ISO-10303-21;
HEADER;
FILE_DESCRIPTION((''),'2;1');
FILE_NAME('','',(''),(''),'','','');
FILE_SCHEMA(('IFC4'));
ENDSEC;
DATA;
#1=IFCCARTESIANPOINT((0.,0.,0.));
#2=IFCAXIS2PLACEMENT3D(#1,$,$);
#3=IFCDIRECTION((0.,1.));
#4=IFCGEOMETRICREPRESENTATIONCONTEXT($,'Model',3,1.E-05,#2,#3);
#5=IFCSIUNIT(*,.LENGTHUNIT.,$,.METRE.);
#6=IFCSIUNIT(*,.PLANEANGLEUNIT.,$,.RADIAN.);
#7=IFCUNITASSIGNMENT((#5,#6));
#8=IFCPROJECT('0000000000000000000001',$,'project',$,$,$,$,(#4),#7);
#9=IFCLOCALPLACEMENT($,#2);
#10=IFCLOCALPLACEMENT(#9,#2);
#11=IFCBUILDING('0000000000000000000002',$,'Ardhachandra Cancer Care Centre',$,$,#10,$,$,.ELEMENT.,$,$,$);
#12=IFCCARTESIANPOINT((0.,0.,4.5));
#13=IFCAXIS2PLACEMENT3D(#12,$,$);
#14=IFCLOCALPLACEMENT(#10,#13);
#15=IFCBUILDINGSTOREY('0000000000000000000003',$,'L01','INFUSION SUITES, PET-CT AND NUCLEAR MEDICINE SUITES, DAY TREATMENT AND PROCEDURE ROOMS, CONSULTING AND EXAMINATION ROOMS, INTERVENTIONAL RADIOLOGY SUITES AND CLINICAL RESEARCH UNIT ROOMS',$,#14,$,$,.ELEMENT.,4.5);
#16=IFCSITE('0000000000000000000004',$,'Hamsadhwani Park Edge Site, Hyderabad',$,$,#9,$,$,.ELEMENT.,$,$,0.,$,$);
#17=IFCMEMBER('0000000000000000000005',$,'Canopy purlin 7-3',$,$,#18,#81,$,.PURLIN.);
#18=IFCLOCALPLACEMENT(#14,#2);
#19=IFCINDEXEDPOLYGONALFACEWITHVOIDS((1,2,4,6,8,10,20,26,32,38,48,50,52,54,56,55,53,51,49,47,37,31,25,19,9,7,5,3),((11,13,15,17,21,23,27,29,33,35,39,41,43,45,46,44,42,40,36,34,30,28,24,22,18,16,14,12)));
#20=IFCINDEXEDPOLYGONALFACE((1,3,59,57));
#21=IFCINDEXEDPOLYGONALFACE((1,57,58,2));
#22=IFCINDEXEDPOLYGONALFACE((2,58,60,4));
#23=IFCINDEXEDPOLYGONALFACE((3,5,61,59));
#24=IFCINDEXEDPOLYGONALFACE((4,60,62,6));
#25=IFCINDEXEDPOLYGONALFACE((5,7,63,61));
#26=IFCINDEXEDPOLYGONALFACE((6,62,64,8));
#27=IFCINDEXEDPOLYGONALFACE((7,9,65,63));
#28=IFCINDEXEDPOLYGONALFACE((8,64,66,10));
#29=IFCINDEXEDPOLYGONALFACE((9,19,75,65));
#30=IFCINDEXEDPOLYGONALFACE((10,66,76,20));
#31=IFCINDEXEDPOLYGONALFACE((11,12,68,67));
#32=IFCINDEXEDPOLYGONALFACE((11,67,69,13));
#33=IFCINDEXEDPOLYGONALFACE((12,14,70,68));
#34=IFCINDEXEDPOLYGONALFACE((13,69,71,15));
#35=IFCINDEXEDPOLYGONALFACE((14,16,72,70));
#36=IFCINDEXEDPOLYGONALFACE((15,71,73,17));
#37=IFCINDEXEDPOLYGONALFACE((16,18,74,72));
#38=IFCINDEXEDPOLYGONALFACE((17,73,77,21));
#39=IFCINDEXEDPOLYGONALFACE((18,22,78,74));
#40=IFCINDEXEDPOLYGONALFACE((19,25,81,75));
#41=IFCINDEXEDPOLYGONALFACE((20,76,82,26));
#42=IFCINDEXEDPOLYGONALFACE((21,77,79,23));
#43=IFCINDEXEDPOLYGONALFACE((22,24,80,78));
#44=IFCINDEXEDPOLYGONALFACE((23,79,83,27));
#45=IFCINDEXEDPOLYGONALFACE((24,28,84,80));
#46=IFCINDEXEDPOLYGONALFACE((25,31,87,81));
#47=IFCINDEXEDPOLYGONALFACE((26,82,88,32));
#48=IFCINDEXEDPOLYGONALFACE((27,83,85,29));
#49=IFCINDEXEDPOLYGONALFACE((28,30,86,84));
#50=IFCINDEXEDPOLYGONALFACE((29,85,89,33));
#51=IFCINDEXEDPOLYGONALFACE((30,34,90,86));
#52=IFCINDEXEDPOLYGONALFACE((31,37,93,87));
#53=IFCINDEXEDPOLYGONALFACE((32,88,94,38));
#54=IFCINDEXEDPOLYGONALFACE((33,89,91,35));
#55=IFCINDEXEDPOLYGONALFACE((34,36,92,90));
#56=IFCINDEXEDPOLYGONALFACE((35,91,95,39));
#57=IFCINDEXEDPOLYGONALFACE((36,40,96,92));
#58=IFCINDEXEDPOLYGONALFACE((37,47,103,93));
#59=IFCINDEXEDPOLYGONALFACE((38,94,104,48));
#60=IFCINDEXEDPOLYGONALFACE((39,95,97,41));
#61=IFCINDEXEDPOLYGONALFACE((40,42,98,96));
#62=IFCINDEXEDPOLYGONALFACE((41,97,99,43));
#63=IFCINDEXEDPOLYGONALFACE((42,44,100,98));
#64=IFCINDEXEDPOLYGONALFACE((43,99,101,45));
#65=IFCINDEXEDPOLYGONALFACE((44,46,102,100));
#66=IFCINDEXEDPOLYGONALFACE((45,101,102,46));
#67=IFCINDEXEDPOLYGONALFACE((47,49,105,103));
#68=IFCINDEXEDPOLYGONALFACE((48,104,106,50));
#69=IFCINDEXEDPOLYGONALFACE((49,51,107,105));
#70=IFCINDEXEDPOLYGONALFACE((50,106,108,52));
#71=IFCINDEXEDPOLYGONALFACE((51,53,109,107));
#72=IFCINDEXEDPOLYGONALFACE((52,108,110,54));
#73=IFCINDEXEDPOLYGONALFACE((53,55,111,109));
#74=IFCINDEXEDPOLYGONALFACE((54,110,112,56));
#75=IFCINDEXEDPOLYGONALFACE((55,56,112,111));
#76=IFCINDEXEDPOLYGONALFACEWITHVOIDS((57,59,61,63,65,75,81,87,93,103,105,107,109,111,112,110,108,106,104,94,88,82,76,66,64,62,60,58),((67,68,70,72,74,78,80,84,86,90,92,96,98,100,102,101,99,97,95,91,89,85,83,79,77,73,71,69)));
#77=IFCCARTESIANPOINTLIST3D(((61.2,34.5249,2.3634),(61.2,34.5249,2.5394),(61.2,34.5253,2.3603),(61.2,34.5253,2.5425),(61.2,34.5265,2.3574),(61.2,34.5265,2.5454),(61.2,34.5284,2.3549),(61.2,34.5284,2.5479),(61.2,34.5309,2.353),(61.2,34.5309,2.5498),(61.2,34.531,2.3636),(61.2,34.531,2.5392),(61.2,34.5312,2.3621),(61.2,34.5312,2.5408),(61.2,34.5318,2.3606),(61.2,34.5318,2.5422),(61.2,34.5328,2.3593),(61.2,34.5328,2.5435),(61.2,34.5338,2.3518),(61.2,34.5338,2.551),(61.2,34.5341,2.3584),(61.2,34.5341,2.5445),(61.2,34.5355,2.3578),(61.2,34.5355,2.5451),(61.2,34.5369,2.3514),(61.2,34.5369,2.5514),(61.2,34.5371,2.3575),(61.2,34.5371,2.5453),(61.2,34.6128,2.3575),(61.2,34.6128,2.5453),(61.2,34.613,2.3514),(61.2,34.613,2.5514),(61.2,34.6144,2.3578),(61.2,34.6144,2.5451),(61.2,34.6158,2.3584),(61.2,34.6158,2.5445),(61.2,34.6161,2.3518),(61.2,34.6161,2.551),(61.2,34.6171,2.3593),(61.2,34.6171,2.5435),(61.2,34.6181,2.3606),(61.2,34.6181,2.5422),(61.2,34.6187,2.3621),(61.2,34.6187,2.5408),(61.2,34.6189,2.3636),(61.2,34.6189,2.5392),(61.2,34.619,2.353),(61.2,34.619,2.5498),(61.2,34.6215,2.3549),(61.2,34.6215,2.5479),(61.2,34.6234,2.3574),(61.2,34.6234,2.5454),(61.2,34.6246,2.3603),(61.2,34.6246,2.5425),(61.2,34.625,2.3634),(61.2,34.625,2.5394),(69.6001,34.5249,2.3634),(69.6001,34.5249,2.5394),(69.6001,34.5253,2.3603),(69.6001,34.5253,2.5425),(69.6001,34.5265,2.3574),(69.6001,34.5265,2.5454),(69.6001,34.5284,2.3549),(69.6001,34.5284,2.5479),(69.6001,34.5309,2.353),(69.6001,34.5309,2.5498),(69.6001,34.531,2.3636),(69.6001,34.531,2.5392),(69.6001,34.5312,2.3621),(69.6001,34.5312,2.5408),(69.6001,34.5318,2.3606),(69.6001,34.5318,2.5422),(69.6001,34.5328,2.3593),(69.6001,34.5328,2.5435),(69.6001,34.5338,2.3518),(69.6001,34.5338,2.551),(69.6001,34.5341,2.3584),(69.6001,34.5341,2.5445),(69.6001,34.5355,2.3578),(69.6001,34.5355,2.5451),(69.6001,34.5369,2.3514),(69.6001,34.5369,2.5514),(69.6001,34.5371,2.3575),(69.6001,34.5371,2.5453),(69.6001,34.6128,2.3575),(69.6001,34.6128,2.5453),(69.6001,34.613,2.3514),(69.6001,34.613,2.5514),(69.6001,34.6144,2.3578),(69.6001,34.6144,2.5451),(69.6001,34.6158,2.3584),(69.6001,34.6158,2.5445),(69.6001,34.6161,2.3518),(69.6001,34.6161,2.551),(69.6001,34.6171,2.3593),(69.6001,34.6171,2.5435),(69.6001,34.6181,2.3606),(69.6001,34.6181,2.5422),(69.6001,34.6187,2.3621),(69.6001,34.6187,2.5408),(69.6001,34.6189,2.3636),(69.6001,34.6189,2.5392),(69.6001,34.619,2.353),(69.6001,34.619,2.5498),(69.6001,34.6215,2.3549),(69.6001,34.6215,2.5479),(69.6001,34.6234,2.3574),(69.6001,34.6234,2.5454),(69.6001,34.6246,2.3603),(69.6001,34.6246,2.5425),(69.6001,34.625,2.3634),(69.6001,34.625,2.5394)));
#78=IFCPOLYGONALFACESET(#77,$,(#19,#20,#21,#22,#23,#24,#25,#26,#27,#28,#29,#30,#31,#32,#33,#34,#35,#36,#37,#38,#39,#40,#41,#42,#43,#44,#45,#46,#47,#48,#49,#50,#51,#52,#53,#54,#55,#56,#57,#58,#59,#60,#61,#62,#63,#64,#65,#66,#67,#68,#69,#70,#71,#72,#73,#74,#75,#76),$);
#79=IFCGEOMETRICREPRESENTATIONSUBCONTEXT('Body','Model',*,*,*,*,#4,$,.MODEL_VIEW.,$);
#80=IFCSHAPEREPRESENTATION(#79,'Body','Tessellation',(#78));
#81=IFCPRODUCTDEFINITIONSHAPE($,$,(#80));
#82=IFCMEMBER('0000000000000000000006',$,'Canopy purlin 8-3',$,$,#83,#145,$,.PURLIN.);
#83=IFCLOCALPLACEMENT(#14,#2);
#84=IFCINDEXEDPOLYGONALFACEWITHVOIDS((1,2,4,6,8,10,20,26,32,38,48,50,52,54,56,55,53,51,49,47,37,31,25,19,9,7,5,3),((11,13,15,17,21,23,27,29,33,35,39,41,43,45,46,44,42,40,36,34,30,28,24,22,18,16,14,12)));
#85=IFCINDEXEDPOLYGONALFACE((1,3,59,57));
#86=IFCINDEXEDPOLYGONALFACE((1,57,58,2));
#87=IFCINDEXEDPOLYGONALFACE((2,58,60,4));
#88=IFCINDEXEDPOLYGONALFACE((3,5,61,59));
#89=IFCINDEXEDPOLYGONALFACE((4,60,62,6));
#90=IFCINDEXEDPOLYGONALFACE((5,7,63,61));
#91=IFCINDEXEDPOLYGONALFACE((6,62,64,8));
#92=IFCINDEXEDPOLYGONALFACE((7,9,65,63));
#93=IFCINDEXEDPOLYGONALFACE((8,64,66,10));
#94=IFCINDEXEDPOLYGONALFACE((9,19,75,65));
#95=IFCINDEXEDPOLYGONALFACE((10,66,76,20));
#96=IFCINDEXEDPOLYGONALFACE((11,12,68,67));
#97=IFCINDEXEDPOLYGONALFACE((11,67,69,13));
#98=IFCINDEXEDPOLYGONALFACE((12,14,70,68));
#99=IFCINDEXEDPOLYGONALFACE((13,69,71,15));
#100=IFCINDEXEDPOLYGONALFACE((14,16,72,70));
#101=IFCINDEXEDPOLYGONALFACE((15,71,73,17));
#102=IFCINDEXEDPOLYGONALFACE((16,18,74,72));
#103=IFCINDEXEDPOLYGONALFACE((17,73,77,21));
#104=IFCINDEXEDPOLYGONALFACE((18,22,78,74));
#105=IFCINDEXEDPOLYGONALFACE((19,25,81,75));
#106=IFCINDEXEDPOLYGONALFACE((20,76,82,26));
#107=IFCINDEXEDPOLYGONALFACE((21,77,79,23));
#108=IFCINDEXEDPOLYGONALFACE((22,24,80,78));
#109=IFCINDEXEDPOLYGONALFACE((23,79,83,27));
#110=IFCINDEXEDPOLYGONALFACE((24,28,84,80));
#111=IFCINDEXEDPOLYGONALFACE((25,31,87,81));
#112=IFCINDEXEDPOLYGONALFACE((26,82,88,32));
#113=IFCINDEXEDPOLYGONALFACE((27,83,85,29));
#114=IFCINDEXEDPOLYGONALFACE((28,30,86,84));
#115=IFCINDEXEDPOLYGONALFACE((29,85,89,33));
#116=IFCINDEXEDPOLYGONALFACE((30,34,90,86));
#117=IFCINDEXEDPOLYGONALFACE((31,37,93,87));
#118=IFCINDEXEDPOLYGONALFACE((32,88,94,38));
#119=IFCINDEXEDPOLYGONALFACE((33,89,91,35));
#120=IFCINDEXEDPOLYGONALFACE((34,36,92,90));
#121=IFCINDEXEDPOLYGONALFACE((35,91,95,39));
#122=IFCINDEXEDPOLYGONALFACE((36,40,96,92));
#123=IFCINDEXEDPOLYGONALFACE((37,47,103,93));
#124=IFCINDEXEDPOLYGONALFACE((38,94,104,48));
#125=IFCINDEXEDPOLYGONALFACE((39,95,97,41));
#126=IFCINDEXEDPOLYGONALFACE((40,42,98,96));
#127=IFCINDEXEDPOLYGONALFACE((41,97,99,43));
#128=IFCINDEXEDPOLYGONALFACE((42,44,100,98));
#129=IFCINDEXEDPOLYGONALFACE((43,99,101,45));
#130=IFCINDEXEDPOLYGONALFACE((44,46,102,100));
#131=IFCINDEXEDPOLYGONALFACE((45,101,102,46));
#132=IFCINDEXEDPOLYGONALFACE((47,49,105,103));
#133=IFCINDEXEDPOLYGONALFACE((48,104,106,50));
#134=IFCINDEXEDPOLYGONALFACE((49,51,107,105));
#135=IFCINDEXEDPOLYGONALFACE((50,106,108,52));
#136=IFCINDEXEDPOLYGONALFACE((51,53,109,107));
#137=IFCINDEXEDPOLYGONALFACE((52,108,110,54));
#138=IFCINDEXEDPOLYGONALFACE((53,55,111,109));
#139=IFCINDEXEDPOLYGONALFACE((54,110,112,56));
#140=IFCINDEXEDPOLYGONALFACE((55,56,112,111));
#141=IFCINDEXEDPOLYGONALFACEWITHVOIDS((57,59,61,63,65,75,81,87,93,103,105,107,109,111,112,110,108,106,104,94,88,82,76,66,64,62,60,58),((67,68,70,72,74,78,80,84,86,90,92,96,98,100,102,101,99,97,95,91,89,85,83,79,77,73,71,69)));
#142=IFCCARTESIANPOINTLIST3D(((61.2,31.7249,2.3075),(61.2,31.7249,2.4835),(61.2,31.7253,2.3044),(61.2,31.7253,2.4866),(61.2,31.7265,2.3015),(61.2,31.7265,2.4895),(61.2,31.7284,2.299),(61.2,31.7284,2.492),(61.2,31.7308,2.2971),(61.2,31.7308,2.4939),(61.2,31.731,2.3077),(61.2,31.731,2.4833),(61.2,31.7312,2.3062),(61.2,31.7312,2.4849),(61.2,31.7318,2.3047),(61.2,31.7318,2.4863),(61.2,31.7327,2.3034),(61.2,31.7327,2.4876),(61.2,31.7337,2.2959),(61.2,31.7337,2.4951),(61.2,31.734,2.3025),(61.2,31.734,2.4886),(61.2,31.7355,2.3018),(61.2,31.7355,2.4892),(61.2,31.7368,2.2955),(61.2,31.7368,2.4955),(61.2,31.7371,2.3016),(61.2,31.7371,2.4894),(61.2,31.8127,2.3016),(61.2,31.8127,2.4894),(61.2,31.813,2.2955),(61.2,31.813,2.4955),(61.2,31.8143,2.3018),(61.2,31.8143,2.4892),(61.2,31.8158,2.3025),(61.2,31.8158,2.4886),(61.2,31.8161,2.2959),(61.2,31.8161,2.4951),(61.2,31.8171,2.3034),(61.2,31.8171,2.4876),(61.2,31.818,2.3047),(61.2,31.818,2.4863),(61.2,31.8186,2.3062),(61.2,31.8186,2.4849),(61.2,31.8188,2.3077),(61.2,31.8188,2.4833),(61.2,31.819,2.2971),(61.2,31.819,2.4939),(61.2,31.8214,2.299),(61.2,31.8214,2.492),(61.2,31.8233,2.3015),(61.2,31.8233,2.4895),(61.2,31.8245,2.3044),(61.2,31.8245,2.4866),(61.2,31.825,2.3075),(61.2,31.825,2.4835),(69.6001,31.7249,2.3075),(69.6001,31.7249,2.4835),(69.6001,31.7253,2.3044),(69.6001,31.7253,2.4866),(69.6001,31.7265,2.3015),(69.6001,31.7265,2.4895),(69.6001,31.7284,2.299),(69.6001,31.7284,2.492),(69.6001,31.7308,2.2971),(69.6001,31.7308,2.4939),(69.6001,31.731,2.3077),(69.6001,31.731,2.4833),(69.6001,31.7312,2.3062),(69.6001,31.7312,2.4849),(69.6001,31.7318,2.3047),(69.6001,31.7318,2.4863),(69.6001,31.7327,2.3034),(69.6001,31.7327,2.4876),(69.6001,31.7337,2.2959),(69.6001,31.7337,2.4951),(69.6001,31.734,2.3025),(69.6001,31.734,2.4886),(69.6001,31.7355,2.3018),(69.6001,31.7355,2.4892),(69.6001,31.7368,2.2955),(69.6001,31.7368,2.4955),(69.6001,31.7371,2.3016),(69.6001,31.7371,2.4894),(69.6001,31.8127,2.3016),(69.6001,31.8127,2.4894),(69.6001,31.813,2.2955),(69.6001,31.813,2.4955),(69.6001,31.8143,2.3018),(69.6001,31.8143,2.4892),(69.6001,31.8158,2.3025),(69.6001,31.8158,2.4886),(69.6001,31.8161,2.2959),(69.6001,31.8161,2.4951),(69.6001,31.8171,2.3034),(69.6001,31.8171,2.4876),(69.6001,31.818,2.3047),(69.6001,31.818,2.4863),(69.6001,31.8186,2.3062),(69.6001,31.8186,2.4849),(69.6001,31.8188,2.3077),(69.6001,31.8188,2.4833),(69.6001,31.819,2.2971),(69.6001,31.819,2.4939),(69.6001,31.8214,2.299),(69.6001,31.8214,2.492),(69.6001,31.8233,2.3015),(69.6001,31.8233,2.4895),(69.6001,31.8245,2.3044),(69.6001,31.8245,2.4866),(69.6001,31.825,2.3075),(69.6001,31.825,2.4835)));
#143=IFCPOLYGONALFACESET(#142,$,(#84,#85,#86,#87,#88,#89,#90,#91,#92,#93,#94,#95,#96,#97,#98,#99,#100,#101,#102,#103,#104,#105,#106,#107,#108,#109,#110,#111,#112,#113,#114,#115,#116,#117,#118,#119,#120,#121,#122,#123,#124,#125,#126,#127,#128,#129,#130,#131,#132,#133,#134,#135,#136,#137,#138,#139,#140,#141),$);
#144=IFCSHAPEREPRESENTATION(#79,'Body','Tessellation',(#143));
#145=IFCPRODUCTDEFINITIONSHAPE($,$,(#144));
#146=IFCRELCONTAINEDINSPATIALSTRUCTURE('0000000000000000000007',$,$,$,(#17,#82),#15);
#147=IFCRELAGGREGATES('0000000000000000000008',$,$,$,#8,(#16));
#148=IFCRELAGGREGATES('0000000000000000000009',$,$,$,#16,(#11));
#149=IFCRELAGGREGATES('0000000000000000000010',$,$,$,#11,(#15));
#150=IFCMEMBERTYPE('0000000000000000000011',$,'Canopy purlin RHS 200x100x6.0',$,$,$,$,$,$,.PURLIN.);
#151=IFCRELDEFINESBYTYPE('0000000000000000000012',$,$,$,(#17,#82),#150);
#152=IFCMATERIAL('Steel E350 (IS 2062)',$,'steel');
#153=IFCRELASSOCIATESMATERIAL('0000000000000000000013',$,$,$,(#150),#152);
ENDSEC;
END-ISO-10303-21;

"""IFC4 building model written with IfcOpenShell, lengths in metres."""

from ifc_helpers import new_model, si_unit, direction, frame, origin, origin_2d, place, context, subcontext, project, spatial, hollow_rectangle, extrude, material, material_profile, profile_set, type_object, element, save


model = new_model("IFC4")

# Units and contexts
model_context = context("Model", 3, precision=1e-05, world=origin(), true_north=direction((0.0, 1.0)))
body_context = subcontext(model_context, "Body", "Model", "MODEL_VIEW")
ifc_project = project(units=[si_unit("LENGTHUNIT", "METRE"), si_unit("PLANEANGLEUNIT", "RADIAN")], contexts=[model_context])

# Site, building, storey
site_placement = place(None, origin())
site = spatial("IfcSite", under=ifc_project, at=site_placement, Name="Hamsadhwani Park Edge Site, Hyderabad", CompositionType="ELEMENT", RefElevation=0.0)
building_placement = place(site_placement, origin())
building = spatial("IfcBuilding", under=site, at=building_placement, Name="Ardhachandra Cancer Care Centre", CompositionType="ELEMENT")
storey_placement = place(building_placement, frame((0.0, 0.0, 4.5)))
storey = spatial("IfcBuildingStorey", under=building, at=storey_placement, Name="L01", Description="INFUSION SUITES, PET-CT AND NUCLEAR MEDICINE SUITES, DAY TREATMENT AND PROCEDURE ROOMS, CONSULTING AND EXAMINATION ROOMS, INTERVENTIONAL RADIOLOGY SUITES AND CLINICAL RESEARCH UNIT ROOMS", CompositionType="ELEMENT", Elevation=4.5)

# Members
ifc_material_1 = material(Name="Steel E350 (IS 2062)", Category="steel")
ifc_material_profile_1 = material_profile(ifc_material_1, hollow_rectangle(XDim=0.1001, YDim=0.2, WallThickness=0.0061, InnerFilletRadius=0.0061, OuterFilletRadius=0.012, at=origin_2d()), Name="RHS 200x100x6.0")
ifc_profile_set_1 = profile_set([ifc_material_profile_1], Name="Steel E350 (IS 2062)")
member_type_1 = type_object("IfcMemberType", Name="Canopy purlin RHS 200x100x6.0", PredefinedType="PURLIN", material=ifc_profile_set_1)
for number, where, z_axis, x_axis, name in (
    (1, (61.2, 34.575, 2.4514), (1.0, 0.0, 0.0), (0.0, 1.0, 0.0), "Canopy purlin 7-3"),
    (2, (61.2, 31.7749, 2.3955), (1.0, 0.0, 0.0), (0.0, 1.0, 0.0), "Canopy purlin 8-3"),
):
    element("IfcMember", number, at=place(storey_placement, frame(where, z_axis=z_axis, x_axis=x_axis)), inside=storey, type_object=member_type_1, Name=name, PredefinedType="PURLIN", context=body_context, shape_type="SweptSolid", body=[
        extrude(hollow_rectangle(XDim=0.1001, YDim=0.2, WallThickness=0.0061, InnerFilletRadius=0.0061, OuterFilletRadius=0.012, at=origin_2d()), origin(), (0.0, 0.0, 1.0), 8.4001),
    ])

save(model, "model.ifc")
